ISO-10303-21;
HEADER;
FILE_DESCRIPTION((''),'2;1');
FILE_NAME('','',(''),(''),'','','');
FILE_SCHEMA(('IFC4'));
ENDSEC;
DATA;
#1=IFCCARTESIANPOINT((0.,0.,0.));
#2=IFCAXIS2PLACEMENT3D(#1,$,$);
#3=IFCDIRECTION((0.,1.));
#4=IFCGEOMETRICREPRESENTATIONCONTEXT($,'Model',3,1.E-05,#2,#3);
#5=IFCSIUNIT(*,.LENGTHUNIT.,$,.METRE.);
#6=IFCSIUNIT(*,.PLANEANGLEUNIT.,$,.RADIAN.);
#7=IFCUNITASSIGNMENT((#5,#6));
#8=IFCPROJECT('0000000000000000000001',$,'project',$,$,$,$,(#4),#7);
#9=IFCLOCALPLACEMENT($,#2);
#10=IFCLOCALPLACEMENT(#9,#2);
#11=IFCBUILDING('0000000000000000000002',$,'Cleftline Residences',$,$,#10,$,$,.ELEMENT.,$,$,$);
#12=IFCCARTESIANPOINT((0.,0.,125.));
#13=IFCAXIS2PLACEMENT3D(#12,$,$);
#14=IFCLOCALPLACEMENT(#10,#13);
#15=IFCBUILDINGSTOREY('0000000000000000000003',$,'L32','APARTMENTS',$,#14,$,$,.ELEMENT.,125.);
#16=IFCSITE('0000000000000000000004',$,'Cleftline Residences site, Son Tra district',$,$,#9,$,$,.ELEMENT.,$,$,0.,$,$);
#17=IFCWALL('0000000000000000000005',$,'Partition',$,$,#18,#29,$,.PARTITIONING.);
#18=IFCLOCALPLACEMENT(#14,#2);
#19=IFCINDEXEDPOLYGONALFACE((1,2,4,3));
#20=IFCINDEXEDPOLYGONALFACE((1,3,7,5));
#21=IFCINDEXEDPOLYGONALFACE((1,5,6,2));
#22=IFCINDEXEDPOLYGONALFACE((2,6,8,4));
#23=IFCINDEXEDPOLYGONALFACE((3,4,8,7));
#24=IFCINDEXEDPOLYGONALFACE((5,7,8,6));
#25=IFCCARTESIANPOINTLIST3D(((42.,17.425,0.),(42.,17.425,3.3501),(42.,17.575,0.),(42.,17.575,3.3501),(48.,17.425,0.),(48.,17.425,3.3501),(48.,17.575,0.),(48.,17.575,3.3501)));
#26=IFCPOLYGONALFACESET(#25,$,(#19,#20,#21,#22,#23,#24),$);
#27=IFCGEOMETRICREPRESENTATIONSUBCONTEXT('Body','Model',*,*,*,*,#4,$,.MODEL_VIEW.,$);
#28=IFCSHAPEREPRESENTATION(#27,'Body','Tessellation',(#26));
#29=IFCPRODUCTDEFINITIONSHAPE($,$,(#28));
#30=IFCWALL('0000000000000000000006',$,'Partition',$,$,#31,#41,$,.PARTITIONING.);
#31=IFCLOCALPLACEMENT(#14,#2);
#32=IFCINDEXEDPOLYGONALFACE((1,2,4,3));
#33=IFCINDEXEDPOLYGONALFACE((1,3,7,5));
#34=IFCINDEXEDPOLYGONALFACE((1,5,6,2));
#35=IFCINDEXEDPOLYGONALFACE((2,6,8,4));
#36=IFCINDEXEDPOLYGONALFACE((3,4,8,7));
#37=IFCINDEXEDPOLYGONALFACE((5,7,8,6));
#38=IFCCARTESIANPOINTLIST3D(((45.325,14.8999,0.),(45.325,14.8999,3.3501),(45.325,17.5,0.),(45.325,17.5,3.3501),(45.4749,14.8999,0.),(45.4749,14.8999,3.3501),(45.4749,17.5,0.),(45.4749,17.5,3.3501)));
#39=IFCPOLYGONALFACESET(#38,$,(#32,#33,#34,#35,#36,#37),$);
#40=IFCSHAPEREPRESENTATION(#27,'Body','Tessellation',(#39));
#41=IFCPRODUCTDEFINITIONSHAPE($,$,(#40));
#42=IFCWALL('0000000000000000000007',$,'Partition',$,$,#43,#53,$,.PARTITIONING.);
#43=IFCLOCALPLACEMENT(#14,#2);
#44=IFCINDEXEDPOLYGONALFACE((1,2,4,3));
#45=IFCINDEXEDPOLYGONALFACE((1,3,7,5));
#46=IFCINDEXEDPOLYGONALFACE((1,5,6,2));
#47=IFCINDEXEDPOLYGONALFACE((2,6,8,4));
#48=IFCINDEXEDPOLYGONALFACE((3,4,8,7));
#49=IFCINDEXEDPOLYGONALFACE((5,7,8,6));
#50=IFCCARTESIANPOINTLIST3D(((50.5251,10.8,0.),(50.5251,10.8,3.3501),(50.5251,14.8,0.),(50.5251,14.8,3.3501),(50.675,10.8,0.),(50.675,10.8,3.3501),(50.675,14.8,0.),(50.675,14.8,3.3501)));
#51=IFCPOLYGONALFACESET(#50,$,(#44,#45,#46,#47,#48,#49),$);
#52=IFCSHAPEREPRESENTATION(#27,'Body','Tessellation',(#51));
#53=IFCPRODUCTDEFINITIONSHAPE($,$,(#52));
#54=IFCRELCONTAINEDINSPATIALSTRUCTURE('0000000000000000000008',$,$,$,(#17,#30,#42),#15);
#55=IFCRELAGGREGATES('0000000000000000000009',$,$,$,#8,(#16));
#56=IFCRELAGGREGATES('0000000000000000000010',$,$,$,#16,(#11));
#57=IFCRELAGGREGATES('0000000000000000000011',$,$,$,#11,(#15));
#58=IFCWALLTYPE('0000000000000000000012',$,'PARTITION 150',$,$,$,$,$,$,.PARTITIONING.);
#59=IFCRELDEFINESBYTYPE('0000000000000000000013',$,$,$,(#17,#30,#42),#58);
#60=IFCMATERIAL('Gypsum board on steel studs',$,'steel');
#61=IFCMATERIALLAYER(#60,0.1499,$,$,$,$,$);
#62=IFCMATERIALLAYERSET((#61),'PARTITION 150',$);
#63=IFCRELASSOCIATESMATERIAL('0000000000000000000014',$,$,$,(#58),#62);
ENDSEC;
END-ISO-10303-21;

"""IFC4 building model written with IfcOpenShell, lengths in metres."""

from ifc_helpers import new_model, si_unit, direction, frame, frame_2d, origin, place, context, subcontext, project, spatial, rectangle, extrude, material, layer, layer_set, type_object, element, save


model = new_model("IFC4")

# Units and contexts
model_context = context("Model", 3, precision=1e-05, world=origin(), true_north=direction((0.0, 1.0)))
body_context = subcontext(model_context, "Body", "Model", "MODEL_VIEW")
ifc_project = project(units=[si_unit("LENGTHUNIT", "METRE"), si_unit("PLANEANGLEUNIT", "RADIAN")], contexts=[model_context])

# Site, building, storey
site_placement = place(None, origin())
site = spatial("IfcSite", under=ifc_project, at=site_placement, Name="Cleftline Residences site, Son Tra district", CompositionType="ELEMENT", RefElevation=0.0)
building_placement = place(site_placement, origin())
building = spatial("IfcBuilding", under=site, at=building_placement, Name="Cleftline Residences", CompositionType="ELEMENT")
storey_placement = place(building_placement, frame((0.0, 0.0, 125.0)))
storey = spatial("IfcBuildingStorey", under=building, at=storey_placement, Name="L32", Description="APARTMENTS", CompositionType="ELEMENT", Elevation=125.0)

# Shared definitions
ifc_material_1 = material(Name="Gypsum board on steel studs", Category="steel")
ifc_layer_1 = layer(ifc_material_1, 0.1499)
ifc_layer_set_1 = layer_set([ifc_layer_1], Name="PARTITION 150")
wall_type_1 = type_object("IfcWallType", Name="PARTITION 150", PredefinedType="PARTITIONING", material=ifc_layer_set_1)

# Walls
wall_1_placement = place(storey_placement, frame((42.0, 17.5, 0.0), z_axis=(0.0, 0.0, 1.0), x_axis=(1.0, 0.0, 0.0)))
element("IfcWall", 1, at=wall_1_placement, inside=storey, type_object=wall_type_1, Name="Partition", PredefinedType="PARTITIONING", context=body_context, shape_type="SweptSolid", body=[
    extrude(rectangle(XDim=6.0, YDim=0.1499, at=frame_2d((3.0, 0.0))), origin(), (0.0, 0.0, 1.0), 3.3501),
])
wall_2_placement = place(storey_placement, frame((45.3999, 14.8999, 0.0), z_axis=(0.0, 0.0, 1.0), x_axis=(0.0, 1.0, 0.0)))
element("IfcWall", 2, at=wall_2_placement, inside=storey, type_object=wall_type_1, Name="Partition", PredefinedType="PARTITIONING", context=body_context, shape_type="SweptSolid", body=[
    extrude(rectangle(XDim=2.6001, YDim=0.1499, at=frame_2d((1.3, 0.0))), origin(), (0.0, 0.0, 1.0), 3.3501),
])
wall_3_placement = place(storey_placement, frame((50.6001, 10.8, 0.0), z_axis=(0.0, 0.0, 1.0), x_axis=(0.0, 1.0, 0.0)))
element("IfcWall", 3, at=wall_3_placement, inside=storey, type_object=wall_type_1, Name="Partition", PredefinedType="PARTITIONING", context=body_context, shape_type="SweptSolid", body=[
    extrude(rectangle(XDim=4.0, YDim=0.1499, at=frame_2d((2.0, 0.0))), origin(), (0.0, 0.0, 1.0), 3.3501),
])

save(model, "model.ifc")
